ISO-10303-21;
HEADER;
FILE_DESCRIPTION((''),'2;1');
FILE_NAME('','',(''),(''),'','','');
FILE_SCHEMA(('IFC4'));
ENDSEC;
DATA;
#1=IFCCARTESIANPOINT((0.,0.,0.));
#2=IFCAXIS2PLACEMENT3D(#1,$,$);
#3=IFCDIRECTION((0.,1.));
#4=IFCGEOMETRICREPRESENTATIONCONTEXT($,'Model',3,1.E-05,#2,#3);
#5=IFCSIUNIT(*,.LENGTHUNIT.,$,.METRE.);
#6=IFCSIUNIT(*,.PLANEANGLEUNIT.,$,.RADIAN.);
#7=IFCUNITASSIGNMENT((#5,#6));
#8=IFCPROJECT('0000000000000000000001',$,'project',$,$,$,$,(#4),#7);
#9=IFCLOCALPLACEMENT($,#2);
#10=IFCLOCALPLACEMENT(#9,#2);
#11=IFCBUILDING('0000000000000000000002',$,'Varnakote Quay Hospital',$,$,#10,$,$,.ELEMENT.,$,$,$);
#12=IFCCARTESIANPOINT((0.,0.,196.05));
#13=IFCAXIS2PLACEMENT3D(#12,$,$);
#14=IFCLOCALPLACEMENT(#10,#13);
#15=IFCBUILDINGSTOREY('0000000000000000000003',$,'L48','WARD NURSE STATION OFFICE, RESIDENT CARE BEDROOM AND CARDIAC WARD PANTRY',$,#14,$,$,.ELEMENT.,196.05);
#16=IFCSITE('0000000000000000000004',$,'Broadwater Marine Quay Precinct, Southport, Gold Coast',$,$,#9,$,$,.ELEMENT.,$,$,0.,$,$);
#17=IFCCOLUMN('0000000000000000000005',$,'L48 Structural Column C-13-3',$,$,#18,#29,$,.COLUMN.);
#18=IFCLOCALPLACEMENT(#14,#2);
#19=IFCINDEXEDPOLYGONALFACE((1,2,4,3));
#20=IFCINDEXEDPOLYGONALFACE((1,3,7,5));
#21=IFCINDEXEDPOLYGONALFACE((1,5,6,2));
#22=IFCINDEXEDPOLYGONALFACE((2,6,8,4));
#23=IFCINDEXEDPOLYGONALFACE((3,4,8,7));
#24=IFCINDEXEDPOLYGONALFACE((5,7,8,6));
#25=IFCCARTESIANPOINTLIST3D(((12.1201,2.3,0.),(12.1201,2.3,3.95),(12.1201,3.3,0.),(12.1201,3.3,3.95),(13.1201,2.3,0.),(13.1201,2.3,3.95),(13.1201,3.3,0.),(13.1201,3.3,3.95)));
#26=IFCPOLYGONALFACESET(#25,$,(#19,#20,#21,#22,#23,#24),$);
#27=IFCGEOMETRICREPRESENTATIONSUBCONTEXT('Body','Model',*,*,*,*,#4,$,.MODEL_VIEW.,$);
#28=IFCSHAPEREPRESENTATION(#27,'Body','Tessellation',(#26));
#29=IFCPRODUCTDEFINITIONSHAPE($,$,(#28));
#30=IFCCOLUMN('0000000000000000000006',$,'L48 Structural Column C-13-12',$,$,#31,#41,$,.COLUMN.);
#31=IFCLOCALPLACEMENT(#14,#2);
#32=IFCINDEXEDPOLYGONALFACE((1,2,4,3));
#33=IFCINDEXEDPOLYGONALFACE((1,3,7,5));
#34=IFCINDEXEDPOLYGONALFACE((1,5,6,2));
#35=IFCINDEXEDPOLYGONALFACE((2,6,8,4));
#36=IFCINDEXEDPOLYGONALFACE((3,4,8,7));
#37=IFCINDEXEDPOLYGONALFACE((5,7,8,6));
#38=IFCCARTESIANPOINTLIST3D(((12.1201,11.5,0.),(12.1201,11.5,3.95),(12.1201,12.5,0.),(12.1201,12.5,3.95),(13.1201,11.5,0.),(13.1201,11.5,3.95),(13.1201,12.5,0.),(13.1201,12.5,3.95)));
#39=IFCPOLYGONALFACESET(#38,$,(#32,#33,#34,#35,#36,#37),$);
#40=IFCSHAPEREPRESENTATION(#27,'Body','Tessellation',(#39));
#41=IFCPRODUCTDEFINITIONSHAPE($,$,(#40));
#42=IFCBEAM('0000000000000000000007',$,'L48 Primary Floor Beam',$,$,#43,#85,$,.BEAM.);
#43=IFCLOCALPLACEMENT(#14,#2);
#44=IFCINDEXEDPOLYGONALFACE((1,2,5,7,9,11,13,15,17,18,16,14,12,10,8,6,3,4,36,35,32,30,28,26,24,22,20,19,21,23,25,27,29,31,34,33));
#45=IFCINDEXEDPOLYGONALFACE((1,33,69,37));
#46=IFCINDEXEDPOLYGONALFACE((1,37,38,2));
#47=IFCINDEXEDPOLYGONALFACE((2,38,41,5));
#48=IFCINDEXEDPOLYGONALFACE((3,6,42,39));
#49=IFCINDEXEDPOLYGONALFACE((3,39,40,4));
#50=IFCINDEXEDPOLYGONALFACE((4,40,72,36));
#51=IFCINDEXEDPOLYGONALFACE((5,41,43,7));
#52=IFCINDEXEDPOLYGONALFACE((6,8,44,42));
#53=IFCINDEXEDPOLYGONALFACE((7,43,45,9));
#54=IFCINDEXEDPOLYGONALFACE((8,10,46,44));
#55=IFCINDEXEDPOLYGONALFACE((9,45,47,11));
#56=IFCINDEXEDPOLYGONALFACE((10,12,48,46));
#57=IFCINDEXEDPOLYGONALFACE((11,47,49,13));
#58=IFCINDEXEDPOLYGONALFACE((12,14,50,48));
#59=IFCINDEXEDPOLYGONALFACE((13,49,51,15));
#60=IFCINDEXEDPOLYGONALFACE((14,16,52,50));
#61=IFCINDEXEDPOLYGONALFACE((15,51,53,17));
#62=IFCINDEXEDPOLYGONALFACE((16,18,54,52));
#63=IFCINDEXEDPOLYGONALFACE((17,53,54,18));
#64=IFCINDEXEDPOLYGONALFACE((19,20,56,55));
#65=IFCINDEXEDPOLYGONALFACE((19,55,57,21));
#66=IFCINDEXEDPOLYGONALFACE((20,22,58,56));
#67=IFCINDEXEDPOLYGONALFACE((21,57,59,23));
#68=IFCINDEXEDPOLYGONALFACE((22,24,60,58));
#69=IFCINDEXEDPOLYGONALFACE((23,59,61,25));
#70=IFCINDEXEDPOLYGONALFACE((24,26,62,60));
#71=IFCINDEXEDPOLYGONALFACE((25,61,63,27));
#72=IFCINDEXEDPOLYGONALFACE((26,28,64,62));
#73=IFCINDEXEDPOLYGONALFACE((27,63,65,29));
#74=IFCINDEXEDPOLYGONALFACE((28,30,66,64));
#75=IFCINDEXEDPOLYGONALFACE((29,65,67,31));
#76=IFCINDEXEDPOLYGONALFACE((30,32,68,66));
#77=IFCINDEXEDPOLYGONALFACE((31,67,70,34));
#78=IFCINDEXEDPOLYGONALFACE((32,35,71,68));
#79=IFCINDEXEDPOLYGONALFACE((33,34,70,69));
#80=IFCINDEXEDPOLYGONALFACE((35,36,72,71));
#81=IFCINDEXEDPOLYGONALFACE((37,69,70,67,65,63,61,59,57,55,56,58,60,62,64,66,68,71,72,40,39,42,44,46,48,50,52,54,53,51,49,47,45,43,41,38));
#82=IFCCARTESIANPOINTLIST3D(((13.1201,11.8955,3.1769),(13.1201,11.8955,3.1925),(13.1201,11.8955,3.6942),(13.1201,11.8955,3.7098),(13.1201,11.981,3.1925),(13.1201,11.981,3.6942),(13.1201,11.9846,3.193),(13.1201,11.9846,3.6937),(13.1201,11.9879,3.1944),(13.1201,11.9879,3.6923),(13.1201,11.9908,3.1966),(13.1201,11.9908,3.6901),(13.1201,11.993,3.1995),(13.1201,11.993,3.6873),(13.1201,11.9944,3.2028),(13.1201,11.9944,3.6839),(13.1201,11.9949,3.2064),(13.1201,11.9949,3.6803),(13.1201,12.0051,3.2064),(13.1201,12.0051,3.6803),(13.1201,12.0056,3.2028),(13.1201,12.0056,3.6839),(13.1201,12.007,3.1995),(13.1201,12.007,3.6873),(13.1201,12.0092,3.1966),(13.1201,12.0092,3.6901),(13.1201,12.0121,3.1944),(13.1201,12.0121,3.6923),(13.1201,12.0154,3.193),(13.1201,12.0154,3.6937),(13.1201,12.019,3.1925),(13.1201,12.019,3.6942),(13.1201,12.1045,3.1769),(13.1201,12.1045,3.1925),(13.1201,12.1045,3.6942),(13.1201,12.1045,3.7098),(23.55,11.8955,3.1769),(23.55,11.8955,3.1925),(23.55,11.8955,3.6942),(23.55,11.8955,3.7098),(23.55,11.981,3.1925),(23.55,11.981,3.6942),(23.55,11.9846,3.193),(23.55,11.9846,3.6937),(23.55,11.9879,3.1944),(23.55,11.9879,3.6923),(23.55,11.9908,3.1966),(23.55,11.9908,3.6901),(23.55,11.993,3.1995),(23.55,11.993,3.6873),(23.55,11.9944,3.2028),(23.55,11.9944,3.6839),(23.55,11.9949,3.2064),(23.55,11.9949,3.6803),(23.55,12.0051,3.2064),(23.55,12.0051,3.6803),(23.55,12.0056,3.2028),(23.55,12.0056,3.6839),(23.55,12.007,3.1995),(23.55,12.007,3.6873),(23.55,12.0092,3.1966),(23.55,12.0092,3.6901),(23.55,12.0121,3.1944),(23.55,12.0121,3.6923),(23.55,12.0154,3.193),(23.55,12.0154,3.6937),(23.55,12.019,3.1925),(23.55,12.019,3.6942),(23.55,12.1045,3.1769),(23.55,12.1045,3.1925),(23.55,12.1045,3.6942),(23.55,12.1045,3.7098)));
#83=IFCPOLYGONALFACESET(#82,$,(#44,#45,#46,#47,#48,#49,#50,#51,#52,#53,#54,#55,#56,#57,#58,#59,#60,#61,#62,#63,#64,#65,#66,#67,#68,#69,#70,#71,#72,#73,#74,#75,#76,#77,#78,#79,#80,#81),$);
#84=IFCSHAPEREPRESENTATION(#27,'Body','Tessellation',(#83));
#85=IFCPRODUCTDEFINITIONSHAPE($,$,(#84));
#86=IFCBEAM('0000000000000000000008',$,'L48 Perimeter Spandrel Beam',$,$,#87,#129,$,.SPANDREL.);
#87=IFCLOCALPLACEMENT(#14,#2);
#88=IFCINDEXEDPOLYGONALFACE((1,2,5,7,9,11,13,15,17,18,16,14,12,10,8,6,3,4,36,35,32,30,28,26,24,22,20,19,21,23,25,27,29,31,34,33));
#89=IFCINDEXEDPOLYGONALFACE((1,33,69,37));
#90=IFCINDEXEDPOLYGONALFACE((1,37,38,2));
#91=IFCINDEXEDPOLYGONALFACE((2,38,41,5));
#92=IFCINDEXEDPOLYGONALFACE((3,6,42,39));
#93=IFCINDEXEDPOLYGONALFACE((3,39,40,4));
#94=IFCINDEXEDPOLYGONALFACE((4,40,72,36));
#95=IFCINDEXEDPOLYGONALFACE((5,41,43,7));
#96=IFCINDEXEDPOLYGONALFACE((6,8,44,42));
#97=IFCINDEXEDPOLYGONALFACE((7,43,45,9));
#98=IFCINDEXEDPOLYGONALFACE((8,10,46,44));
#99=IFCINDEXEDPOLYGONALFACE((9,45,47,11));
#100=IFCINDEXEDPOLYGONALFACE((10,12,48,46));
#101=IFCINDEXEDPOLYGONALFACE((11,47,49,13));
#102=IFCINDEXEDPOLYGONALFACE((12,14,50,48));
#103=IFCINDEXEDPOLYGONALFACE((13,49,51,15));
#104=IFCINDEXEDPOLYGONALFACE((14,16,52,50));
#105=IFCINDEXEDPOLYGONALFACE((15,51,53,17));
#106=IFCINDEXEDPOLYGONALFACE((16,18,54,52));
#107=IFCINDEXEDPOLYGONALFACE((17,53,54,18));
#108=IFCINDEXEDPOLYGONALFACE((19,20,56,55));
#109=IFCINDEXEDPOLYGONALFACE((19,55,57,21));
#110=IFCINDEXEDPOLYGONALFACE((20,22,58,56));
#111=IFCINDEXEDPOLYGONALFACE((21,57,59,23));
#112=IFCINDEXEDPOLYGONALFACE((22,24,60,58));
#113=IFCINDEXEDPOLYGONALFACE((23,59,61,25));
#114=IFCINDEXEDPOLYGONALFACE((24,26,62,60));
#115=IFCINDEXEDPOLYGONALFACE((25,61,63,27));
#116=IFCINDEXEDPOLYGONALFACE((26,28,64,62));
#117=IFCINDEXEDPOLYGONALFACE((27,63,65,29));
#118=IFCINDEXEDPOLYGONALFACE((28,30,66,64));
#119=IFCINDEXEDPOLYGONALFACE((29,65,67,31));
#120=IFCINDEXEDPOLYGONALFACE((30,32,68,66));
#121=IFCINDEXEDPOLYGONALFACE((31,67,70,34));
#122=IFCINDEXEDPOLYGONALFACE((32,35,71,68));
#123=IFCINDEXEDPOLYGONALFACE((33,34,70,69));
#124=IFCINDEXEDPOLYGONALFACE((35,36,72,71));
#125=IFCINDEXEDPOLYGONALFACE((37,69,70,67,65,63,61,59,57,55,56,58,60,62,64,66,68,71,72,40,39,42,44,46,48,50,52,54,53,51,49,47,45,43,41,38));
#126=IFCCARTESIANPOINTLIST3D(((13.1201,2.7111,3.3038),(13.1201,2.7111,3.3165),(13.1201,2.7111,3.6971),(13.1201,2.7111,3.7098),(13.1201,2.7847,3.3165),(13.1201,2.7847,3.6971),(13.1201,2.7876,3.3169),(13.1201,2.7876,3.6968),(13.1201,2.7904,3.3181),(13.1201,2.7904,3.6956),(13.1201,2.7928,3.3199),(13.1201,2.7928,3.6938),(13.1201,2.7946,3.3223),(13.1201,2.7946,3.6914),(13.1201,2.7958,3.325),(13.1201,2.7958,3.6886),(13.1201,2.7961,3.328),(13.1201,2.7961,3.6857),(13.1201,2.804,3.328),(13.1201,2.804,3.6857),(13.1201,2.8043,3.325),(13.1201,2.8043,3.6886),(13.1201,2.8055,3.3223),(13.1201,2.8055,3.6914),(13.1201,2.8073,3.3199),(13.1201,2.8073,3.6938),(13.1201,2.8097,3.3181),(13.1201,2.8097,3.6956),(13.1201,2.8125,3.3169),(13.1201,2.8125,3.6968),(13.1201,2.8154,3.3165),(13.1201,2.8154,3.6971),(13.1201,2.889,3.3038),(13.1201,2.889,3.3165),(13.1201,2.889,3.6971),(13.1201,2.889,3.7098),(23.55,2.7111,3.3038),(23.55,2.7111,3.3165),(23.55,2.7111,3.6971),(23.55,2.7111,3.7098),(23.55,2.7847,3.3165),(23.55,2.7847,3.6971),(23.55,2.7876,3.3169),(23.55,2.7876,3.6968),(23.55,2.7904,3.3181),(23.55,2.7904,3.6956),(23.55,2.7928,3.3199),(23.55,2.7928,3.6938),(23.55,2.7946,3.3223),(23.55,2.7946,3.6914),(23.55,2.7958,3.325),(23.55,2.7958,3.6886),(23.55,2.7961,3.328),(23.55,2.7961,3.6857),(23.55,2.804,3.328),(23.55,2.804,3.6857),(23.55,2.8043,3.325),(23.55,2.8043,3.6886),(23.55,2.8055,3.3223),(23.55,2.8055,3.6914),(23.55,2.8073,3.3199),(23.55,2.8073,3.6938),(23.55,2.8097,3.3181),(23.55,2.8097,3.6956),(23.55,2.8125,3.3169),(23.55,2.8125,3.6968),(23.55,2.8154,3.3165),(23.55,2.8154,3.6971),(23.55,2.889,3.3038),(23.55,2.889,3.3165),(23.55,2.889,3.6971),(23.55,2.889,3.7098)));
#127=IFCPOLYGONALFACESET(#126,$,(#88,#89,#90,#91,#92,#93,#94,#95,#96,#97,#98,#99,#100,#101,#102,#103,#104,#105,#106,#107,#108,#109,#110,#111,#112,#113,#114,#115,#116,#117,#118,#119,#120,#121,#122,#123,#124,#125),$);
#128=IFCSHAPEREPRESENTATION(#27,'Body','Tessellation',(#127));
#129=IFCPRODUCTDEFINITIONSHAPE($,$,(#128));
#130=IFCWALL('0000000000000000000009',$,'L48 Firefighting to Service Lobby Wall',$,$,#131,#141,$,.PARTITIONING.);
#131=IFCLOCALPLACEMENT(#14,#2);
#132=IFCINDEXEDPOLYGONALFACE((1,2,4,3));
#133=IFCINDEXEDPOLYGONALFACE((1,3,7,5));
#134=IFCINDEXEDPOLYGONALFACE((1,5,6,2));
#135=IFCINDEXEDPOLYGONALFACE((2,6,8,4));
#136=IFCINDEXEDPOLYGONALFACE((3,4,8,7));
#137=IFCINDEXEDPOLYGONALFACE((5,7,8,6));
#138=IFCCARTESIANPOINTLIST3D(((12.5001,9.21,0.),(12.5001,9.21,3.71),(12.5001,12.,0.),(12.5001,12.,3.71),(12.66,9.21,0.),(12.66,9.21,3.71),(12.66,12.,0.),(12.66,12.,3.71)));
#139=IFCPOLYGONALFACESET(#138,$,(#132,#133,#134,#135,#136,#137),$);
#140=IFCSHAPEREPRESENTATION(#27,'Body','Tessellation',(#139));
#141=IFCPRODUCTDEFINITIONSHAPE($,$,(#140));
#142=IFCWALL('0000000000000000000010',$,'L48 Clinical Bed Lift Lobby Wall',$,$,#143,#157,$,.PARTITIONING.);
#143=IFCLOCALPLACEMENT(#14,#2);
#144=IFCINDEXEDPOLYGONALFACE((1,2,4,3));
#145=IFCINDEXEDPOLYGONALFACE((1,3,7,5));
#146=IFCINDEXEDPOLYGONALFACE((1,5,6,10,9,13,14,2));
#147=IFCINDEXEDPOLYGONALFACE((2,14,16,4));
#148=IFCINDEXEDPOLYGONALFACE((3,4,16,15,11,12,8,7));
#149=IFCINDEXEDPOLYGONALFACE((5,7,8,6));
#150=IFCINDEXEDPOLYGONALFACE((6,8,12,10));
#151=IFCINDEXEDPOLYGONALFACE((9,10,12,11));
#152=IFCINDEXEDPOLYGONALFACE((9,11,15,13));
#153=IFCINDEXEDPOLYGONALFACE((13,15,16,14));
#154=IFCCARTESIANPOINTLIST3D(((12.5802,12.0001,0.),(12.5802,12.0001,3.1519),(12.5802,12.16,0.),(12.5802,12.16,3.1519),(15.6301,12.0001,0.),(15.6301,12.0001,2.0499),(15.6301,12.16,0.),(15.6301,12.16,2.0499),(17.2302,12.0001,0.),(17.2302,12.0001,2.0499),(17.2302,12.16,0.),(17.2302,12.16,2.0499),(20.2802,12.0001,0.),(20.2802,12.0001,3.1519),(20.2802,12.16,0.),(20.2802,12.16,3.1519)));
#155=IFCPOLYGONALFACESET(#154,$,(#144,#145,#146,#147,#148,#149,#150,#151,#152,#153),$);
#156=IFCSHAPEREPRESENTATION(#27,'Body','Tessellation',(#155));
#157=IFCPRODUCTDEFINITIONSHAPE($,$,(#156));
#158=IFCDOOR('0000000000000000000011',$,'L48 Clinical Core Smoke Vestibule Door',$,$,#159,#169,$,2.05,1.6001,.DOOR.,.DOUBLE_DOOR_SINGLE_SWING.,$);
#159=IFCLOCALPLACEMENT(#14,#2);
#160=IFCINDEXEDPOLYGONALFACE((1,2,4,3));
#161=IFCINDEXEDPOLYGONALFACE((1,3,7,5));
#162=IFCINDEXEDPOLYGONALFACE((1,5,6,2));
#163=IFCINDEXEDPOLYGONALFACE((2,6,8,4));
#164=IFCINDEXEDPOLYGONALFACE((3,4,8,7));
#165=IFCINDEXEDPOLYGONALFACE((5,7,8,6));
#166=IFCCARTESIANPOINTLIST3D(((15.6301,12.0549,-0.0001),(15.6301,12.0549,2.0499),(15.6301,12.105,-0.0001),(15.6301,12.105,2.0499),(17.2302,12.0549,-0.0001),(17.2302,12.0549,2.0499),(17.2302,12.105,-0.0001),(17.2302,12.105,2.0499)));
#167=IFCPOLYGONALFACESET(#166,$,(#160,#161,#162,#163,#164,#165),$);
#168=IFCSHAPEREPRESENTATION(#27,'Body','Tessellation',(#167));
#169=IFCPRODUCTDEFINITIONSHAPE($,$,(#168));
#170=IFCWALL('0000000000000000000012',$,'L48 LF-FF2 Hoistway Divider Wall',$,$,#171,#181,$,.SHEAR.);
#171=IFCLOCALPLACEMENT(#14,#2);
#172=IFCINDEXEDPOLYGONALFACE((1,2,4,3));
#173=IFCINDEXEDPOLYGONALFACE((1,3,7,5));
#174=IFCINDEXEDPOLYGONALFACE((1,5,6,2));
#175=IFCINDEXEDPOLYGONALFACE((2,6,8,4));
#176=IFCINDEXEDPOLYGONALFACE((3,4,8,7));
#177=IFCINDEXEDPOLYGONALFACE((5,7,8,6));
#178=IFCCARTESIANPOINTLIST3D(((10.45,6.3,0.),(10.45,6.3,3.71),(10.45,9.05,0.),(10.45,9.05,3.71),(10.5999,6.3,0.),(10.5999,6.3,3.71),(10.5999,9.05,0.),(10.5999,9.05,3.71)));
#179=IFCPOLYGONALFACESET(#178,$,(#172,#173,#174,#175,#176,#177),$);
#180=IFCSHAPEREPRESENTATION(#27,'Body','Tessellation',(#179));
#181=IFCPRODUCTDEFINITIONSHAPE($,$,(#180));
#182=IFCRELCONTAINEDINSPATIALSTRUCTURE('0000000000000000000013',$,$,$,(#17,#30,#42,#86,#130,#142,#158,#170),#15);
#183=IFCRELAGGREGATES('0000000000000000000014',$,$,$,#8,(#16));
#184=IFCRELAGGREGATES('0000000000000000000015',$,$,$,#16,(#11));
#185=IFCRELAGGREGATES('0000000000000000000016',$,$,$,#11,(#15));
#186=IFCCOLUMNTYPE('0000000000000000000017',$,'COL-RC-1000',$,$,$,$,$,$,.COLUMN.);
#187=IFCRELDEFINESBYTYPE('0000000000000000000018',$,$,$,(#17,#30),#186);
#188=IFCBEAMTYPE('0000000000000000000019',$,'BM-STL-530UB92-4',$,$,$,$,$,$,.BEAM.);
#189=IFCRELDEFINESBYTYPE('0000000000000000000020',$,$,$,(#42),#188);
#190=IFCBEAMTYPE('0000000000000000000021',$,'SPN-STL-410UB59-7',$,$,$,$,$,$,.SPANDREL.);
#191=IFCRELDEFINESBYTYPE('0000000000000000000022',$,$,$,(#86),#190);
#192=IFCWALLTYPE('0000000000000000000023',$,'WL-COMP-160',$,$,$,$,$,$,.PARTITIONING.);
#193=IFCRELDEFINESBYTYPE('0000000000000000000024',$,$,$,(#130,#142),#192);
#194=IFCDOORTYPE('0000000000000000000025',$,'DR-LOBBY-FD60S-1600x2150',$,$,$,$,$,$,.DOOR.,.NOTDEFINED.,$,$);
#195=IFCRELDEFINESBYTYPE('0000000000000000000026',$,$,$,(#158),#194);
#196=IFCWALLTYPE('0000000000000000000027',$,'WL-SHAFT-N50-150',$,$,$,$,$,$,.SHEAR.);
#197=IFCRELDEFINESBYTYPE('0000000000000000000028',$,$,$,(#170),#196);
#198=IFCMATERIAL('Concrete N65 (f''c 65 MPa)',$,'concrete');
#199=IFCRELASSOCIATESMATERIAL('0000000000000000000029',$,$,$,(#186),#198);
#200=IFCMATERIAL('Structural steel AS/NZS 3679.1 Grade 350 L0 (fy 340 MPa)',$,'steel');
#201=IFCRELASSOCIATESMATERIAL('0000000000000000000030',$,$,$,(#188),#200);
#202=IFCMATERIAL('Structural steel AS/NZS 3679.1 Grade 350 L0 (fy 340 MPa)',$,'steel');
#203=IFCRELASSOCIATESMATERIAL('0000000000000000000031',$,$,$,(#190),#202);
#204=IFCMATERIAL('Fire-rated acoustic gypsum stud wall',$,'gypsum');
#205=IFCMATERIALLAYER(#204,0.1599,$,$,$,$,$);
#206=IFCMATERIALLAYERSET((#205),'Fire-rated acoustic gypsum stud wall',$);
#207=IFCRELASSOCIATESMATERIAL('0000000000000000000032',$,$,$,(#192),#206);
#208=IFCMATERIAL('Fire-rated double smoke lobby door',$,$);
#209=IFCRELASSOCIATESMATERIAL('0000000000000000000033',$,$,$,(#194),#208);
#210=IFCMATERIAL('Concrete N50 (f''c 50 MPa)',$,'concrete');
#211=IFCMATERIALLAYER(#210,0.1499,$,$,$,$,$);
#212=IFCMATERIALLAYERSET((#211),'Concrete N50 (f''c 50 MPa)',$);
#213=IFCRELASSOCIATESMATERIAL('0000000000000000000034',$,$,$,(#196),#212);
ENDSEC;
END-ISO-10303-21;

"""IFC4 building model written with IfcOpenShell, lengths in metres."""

from ifc_helpers import new_model, si_unit, direction, frame, frame_2d, origin, origin_2d, place, context, subcontext, project, spatial, rectangle, i_section, extrude, material, layer, layer_set, material_profile, profile_set, type_object, element, fill, save


model = new_model("IFC4")

# Units and contexts
model_context = context("Model", 3, precision=1e-05, world=origin(), true_north=direction((0.0, 1.0)))
body_context = subcontext(model_context, "Body", "Model", "MODEL_VIEW")
ifc_project = project(units=[si_unit("LENGTHUNIT", "METRE"), si_unit("PLANEANGLEUNIT", "RADIAN")], contexts=[model_context])

# Site, building, storey
site_placement = place(None, origin())
site = spatial("IfcSite", under=ifc_project, at=site_placement, Name="Broadwater Marine Quay Precinct, Southport, Gold Coast", CompositionType="ELEMENT", RefElevation=0.0)
building_placement = place(site_placement, origin())
building = spatial("IfcBuilding", under=site, at=building_placement, Name="Varnakote Quay Hospital", CompositionType="ELEMENT")
storey_placement = place(building_placement, frame((0.0, 0.0, 196.05)))
storey = spatial("IfcBuildingStorey", under=building, at=storey_placement, Name="L48", Description="WARD NURSE STATION OFFICE, RESIDENT CARE BEDROOM AND CARDIAC WARD PANTRY", CompositionType="ELEMENT", Elevation=196.05)

# Columns
ifc_material_1 = material(Name="Concrete N65 (f'c 65 MPa)", Category="concrete")
ifc_material_profile_1 = material_profile(ifc_material_1, rectangle(XDim=1.0, YDim=1.0, at=origin_2d()), Name="RC-COL-1000x1000")
ifc_profile_set_1 = profile_set([ifc_material_profile_1], Name="Concrete N65 (f'c 65 MPa)")
column_type = type_object("IfcColumnType", Name="COL-RC-1000", PredefinedType="COLUMN", material=ifc_profile_set_1)
for number, where, z_axis, x_axis, name in (
    (1, (12.6201, 2.8, 0.0), (0.0, 0.0, 1.0), (1.0, 0.0, 0.0), "L48 Structural Column C-13-3"),
    (2, (12.6201, 12.0, 0.0), (0.0, 0.0, 1.0), (1.0, 0.0, 0.0), "L48 Structural Column C-13-12"),
):
    element("IfcColumn", number, at=place(storey_placement, frame(where, z_axis=z_axis, x_axis=x_axis)), inside=storey, type_object=column_type, Name=name, PredefinedType="COLUMN", context=body_context, shape_type="SweptSolid", body=[
        extrude(rectangle(XDim=1.0, YDim=1.0, at=origin_2d()), origin(), (0.0, 0.0, 1.0), 3.95),
    ])

# Beams
ifc_material_2 = material(Name="Structural steel AS/NZS 3679.1 Grade 350 L0 (fy 340 MPa)", Category="steel")
ifc_material_profile_2 = material_profile(ifc_material_2, i_section(OverallWidth=0.209, OverallDepth=0.533, WebThickness=0.0103, FlangeThickness=0.0156, FilletRadius=0.0139, at=origin_2d()), Name="530UB92.4")
ifc_profile_set_2 = profile_set([ifc_material_profile_2], Name="Structural steel AS/NZS 3679.1 Grade 350 L0 (fy 340 MPa)")
beam_type_1 = type_object("IfcBeamType", Name="BM-STL-530UB92-4", PredefinedType="BEAM", material=ifc_profile_set_2)
beam_1_placement = place(storey_placement, frame((13.1201, 12.0, 3.4434), z_axis=(1.0, 0.0, 0.0), x_axis=(0.0, 1.0, 0.0)))
element("IfcBeam", 3, at=beam_1_placement, inside=storey, type_object=beam_type_1, Name="L48 Primary Floor Beam", PredefinedType="BEAM", context=body_context, shape_type="SweptSolid", body=[
    extrude(i_section(OverallWidth=0.209, OverallDepth=0.533, WebThickness=0.0103, FlangeThickness=0.0156, FilletRadius=0.0139, at=origin_2d()), origin(), (0.0, 0.0, 1.0), 10.4299),
])
ifc_material_3 = material(Name="Structural steel AS/NZS 3679.1 Grade 350 L0 (fy 340 MPa)", Category="steel")
ifc_material_profile_3 = material_profile(ifc_material_3, i_section(OverallWidth=0.178, OverallDepth=0.406, WebThickness=0.0078, FlangeThickness=0.0127, FilletRadius=0.0115, at=origin_2d()), Name="410UB59.7")
ifc_profile_set_3 = profile_set([ifc_material_profile_3], Name="Structural steel AS/NZS 3679.1 Grade 350 L0 (fy 340 MPa)")
beam_type_2 = type_object("IfcBeamType", Name="SPN-STL-410UB59-7", PredefinedType="SPANDREL", material=ifc_profile_set_3)
beam_2_placement = place(storey_placement, frame((13.1201, 2.8, 3.5068), z_axis=(1.0, 0.0, 0.0), x_axis=(0.0, 1.0, 0.0)))
element("IfcBeam", 4, at=beam_2_placement, inside=storey, type_object=beam_type_2, Name="L48 Perimeter Spandrel Beam", PredefinedType="SPANDREL", context=body_context, shape_type="SweptSolid", body=[
    extrude(i_section(OverallWidth=0.178, OverallDepth=0.406, WebThickness=0.0078, FlangeThickness=0.0127, FilletRadius=0.0115, at=origin_2d()), origin(), (0.0, 0.0, 1.0), 10.4299),
])

# Wall
ifc_material_4 = material(Name="Fire-rated acoustic gypsum stud wall", Category="gypsum")
ifc_layer_1 = layer(ifc_material_4, 0.1599)
ifc_layer_set_1 = layer_set([ifc_layer_1], Name="Fire-rated acoustic gypsum stud wall")
wall_type_1 = type_object("IfcWallType", Name="WL-COMP-160", PredefinedType="PARTITIONING", material=ifc_layer_set_1)
wall_1_placement = place(storey_placement, frame((12.5801, 9.21, 0.0), z_axis=(0.0, 0.0, 1.0), x_axis=(0.0, 1.0, 0.0)))
element("IfcWall", 5, at=wall_1_placement, inside=storey, type_object=wall_type_1, Name="L48 Firefighting to Service Lobby Wall", PredefinedType="PARTITIONING", context=body_context, shape_type="SweptSolid", body=[
    extrude(rectangle(XDim=2.79, YDim=0.1599, at=frame_2d((1.395, 0.0))), origin(), (0.0, 0.0, 1.0), 3.71),
])

# Wall, opening, door
wall_2_placement = place(storey_placement, frame((12.5801, 12.0801, 0.0), z_axis=(0.0, 0.0, 1.0), x_axis=(1.0, 0.0, 0.0)))
wall_2 = element("IfcWall", 6, at=wall_2_placement, inside=storey, type_object=wall_type_1, Name="L48 Clinical Bed Lift Lobby Wall", PredefinedType="PARTITIONING", context=body_context, shape_type="SweptSolid", body=[
    extrude(rectangle(XDim=7.7, YDim=0.1599, at=frame_2d((3.8501, 0.0))), origin(), (0.0, 0.0, 1.0), 3.1519),
])
opening_1_placement = place(wall_2_placement, frame((3.05, 0.0, 0.0)))
opening_1 = element("IfcOpeningElement", 7, at=opening_1_placement, cuts=wall_2, PredefinedType="OPENING", context=body_context, shape_type="SweptSolid", body=[
    extrude(rectangle(XDim=1.6001, YDim=2.05, at=frame_2d((0.8, 1.0249))), frame((0.0, 0.0898, 0.0), z_axis=(0.0, -1.0, 0.0), x_axis=(1.0, 0.0, 0.0)), (0.0, 0.0, 1.0), 0.1799),
])
ifc_material_5 = material(Name="Fire-rated double smoke lobby door")
door_type_1 = type_object("IfcDoorType", Name="DR-LOBBY-FD60S-1600x2150", OperationType="NOTDEFINED", PredefinedType="DOOR", material=ifc_material_5)
door_1_placement = place(opening_1_placement, origin())
door_1 = element("IfcDoor", 8, at=door_1_placement, inside=storey, type_object=door_type_1, Name="L48 Clinical Core Smoke Vestibule Door", OperationType="DOUBLE_DOOR_SINGLE_SWING", OverallHeight=2.05, OverallWidth=1.6001, PredefinedType="DOOR", context=body_context, shape_type="SweptSolid", body=[
    extrude(rectangle(XDim=1.6001, YDim=2.05, at=frame_2d((0.8, 1.0249))), frame((0.0, 0.0249, 0.0), z_axis=(0.0, -1.0, 0.0), x_axis=(1.0, 0.0, 0.0)), (0.0, 0.0, 1.0), 0.05),
])
fill(opening_1, door_1)

# Wall
ifc_material_6 = material(Name="Concrete N50 (f'c 50 MPa)", Category="concrete")
ifc_layer_2 = layer(ifc_material_6, 0.1499)
ifc_layer_set_2 = layer_set([ifc_layer_2], Name="Concrete N50 (f'c 50 MPa)")
wall_type_2 = type_object("IfcWallType", Name="WL-SHAFT-N50-150", PredefinedType="SHEAR", material=ifc_layer_set_2)
for number, where, z_axis, x_axis, name in (
    (9, (10.5249, 6.3, 0.0), (0.0, 0.0, 1.0), (0.0, 1.0, 0.0), "L48 LF-FF2 Hoistway Divider Wall"),
):
    element("IfcWall", number, at=place(storey_placement, frame(where, z_axis=z_axis, x_axis=x_axis)), inside=storey, type_object=wall_type_2, Name=name, PredefinedType="SHEAR", context=body_context, shape_type="SweptSolid", body=[
        extrude(rectangle(XDim=2.75, YDim=0.1499, at=frame_2d((1.375, 0.0))), origin(), (0.0, 0.0, 1.0), 3.71),
    ])

save(model, "model.ifc")
